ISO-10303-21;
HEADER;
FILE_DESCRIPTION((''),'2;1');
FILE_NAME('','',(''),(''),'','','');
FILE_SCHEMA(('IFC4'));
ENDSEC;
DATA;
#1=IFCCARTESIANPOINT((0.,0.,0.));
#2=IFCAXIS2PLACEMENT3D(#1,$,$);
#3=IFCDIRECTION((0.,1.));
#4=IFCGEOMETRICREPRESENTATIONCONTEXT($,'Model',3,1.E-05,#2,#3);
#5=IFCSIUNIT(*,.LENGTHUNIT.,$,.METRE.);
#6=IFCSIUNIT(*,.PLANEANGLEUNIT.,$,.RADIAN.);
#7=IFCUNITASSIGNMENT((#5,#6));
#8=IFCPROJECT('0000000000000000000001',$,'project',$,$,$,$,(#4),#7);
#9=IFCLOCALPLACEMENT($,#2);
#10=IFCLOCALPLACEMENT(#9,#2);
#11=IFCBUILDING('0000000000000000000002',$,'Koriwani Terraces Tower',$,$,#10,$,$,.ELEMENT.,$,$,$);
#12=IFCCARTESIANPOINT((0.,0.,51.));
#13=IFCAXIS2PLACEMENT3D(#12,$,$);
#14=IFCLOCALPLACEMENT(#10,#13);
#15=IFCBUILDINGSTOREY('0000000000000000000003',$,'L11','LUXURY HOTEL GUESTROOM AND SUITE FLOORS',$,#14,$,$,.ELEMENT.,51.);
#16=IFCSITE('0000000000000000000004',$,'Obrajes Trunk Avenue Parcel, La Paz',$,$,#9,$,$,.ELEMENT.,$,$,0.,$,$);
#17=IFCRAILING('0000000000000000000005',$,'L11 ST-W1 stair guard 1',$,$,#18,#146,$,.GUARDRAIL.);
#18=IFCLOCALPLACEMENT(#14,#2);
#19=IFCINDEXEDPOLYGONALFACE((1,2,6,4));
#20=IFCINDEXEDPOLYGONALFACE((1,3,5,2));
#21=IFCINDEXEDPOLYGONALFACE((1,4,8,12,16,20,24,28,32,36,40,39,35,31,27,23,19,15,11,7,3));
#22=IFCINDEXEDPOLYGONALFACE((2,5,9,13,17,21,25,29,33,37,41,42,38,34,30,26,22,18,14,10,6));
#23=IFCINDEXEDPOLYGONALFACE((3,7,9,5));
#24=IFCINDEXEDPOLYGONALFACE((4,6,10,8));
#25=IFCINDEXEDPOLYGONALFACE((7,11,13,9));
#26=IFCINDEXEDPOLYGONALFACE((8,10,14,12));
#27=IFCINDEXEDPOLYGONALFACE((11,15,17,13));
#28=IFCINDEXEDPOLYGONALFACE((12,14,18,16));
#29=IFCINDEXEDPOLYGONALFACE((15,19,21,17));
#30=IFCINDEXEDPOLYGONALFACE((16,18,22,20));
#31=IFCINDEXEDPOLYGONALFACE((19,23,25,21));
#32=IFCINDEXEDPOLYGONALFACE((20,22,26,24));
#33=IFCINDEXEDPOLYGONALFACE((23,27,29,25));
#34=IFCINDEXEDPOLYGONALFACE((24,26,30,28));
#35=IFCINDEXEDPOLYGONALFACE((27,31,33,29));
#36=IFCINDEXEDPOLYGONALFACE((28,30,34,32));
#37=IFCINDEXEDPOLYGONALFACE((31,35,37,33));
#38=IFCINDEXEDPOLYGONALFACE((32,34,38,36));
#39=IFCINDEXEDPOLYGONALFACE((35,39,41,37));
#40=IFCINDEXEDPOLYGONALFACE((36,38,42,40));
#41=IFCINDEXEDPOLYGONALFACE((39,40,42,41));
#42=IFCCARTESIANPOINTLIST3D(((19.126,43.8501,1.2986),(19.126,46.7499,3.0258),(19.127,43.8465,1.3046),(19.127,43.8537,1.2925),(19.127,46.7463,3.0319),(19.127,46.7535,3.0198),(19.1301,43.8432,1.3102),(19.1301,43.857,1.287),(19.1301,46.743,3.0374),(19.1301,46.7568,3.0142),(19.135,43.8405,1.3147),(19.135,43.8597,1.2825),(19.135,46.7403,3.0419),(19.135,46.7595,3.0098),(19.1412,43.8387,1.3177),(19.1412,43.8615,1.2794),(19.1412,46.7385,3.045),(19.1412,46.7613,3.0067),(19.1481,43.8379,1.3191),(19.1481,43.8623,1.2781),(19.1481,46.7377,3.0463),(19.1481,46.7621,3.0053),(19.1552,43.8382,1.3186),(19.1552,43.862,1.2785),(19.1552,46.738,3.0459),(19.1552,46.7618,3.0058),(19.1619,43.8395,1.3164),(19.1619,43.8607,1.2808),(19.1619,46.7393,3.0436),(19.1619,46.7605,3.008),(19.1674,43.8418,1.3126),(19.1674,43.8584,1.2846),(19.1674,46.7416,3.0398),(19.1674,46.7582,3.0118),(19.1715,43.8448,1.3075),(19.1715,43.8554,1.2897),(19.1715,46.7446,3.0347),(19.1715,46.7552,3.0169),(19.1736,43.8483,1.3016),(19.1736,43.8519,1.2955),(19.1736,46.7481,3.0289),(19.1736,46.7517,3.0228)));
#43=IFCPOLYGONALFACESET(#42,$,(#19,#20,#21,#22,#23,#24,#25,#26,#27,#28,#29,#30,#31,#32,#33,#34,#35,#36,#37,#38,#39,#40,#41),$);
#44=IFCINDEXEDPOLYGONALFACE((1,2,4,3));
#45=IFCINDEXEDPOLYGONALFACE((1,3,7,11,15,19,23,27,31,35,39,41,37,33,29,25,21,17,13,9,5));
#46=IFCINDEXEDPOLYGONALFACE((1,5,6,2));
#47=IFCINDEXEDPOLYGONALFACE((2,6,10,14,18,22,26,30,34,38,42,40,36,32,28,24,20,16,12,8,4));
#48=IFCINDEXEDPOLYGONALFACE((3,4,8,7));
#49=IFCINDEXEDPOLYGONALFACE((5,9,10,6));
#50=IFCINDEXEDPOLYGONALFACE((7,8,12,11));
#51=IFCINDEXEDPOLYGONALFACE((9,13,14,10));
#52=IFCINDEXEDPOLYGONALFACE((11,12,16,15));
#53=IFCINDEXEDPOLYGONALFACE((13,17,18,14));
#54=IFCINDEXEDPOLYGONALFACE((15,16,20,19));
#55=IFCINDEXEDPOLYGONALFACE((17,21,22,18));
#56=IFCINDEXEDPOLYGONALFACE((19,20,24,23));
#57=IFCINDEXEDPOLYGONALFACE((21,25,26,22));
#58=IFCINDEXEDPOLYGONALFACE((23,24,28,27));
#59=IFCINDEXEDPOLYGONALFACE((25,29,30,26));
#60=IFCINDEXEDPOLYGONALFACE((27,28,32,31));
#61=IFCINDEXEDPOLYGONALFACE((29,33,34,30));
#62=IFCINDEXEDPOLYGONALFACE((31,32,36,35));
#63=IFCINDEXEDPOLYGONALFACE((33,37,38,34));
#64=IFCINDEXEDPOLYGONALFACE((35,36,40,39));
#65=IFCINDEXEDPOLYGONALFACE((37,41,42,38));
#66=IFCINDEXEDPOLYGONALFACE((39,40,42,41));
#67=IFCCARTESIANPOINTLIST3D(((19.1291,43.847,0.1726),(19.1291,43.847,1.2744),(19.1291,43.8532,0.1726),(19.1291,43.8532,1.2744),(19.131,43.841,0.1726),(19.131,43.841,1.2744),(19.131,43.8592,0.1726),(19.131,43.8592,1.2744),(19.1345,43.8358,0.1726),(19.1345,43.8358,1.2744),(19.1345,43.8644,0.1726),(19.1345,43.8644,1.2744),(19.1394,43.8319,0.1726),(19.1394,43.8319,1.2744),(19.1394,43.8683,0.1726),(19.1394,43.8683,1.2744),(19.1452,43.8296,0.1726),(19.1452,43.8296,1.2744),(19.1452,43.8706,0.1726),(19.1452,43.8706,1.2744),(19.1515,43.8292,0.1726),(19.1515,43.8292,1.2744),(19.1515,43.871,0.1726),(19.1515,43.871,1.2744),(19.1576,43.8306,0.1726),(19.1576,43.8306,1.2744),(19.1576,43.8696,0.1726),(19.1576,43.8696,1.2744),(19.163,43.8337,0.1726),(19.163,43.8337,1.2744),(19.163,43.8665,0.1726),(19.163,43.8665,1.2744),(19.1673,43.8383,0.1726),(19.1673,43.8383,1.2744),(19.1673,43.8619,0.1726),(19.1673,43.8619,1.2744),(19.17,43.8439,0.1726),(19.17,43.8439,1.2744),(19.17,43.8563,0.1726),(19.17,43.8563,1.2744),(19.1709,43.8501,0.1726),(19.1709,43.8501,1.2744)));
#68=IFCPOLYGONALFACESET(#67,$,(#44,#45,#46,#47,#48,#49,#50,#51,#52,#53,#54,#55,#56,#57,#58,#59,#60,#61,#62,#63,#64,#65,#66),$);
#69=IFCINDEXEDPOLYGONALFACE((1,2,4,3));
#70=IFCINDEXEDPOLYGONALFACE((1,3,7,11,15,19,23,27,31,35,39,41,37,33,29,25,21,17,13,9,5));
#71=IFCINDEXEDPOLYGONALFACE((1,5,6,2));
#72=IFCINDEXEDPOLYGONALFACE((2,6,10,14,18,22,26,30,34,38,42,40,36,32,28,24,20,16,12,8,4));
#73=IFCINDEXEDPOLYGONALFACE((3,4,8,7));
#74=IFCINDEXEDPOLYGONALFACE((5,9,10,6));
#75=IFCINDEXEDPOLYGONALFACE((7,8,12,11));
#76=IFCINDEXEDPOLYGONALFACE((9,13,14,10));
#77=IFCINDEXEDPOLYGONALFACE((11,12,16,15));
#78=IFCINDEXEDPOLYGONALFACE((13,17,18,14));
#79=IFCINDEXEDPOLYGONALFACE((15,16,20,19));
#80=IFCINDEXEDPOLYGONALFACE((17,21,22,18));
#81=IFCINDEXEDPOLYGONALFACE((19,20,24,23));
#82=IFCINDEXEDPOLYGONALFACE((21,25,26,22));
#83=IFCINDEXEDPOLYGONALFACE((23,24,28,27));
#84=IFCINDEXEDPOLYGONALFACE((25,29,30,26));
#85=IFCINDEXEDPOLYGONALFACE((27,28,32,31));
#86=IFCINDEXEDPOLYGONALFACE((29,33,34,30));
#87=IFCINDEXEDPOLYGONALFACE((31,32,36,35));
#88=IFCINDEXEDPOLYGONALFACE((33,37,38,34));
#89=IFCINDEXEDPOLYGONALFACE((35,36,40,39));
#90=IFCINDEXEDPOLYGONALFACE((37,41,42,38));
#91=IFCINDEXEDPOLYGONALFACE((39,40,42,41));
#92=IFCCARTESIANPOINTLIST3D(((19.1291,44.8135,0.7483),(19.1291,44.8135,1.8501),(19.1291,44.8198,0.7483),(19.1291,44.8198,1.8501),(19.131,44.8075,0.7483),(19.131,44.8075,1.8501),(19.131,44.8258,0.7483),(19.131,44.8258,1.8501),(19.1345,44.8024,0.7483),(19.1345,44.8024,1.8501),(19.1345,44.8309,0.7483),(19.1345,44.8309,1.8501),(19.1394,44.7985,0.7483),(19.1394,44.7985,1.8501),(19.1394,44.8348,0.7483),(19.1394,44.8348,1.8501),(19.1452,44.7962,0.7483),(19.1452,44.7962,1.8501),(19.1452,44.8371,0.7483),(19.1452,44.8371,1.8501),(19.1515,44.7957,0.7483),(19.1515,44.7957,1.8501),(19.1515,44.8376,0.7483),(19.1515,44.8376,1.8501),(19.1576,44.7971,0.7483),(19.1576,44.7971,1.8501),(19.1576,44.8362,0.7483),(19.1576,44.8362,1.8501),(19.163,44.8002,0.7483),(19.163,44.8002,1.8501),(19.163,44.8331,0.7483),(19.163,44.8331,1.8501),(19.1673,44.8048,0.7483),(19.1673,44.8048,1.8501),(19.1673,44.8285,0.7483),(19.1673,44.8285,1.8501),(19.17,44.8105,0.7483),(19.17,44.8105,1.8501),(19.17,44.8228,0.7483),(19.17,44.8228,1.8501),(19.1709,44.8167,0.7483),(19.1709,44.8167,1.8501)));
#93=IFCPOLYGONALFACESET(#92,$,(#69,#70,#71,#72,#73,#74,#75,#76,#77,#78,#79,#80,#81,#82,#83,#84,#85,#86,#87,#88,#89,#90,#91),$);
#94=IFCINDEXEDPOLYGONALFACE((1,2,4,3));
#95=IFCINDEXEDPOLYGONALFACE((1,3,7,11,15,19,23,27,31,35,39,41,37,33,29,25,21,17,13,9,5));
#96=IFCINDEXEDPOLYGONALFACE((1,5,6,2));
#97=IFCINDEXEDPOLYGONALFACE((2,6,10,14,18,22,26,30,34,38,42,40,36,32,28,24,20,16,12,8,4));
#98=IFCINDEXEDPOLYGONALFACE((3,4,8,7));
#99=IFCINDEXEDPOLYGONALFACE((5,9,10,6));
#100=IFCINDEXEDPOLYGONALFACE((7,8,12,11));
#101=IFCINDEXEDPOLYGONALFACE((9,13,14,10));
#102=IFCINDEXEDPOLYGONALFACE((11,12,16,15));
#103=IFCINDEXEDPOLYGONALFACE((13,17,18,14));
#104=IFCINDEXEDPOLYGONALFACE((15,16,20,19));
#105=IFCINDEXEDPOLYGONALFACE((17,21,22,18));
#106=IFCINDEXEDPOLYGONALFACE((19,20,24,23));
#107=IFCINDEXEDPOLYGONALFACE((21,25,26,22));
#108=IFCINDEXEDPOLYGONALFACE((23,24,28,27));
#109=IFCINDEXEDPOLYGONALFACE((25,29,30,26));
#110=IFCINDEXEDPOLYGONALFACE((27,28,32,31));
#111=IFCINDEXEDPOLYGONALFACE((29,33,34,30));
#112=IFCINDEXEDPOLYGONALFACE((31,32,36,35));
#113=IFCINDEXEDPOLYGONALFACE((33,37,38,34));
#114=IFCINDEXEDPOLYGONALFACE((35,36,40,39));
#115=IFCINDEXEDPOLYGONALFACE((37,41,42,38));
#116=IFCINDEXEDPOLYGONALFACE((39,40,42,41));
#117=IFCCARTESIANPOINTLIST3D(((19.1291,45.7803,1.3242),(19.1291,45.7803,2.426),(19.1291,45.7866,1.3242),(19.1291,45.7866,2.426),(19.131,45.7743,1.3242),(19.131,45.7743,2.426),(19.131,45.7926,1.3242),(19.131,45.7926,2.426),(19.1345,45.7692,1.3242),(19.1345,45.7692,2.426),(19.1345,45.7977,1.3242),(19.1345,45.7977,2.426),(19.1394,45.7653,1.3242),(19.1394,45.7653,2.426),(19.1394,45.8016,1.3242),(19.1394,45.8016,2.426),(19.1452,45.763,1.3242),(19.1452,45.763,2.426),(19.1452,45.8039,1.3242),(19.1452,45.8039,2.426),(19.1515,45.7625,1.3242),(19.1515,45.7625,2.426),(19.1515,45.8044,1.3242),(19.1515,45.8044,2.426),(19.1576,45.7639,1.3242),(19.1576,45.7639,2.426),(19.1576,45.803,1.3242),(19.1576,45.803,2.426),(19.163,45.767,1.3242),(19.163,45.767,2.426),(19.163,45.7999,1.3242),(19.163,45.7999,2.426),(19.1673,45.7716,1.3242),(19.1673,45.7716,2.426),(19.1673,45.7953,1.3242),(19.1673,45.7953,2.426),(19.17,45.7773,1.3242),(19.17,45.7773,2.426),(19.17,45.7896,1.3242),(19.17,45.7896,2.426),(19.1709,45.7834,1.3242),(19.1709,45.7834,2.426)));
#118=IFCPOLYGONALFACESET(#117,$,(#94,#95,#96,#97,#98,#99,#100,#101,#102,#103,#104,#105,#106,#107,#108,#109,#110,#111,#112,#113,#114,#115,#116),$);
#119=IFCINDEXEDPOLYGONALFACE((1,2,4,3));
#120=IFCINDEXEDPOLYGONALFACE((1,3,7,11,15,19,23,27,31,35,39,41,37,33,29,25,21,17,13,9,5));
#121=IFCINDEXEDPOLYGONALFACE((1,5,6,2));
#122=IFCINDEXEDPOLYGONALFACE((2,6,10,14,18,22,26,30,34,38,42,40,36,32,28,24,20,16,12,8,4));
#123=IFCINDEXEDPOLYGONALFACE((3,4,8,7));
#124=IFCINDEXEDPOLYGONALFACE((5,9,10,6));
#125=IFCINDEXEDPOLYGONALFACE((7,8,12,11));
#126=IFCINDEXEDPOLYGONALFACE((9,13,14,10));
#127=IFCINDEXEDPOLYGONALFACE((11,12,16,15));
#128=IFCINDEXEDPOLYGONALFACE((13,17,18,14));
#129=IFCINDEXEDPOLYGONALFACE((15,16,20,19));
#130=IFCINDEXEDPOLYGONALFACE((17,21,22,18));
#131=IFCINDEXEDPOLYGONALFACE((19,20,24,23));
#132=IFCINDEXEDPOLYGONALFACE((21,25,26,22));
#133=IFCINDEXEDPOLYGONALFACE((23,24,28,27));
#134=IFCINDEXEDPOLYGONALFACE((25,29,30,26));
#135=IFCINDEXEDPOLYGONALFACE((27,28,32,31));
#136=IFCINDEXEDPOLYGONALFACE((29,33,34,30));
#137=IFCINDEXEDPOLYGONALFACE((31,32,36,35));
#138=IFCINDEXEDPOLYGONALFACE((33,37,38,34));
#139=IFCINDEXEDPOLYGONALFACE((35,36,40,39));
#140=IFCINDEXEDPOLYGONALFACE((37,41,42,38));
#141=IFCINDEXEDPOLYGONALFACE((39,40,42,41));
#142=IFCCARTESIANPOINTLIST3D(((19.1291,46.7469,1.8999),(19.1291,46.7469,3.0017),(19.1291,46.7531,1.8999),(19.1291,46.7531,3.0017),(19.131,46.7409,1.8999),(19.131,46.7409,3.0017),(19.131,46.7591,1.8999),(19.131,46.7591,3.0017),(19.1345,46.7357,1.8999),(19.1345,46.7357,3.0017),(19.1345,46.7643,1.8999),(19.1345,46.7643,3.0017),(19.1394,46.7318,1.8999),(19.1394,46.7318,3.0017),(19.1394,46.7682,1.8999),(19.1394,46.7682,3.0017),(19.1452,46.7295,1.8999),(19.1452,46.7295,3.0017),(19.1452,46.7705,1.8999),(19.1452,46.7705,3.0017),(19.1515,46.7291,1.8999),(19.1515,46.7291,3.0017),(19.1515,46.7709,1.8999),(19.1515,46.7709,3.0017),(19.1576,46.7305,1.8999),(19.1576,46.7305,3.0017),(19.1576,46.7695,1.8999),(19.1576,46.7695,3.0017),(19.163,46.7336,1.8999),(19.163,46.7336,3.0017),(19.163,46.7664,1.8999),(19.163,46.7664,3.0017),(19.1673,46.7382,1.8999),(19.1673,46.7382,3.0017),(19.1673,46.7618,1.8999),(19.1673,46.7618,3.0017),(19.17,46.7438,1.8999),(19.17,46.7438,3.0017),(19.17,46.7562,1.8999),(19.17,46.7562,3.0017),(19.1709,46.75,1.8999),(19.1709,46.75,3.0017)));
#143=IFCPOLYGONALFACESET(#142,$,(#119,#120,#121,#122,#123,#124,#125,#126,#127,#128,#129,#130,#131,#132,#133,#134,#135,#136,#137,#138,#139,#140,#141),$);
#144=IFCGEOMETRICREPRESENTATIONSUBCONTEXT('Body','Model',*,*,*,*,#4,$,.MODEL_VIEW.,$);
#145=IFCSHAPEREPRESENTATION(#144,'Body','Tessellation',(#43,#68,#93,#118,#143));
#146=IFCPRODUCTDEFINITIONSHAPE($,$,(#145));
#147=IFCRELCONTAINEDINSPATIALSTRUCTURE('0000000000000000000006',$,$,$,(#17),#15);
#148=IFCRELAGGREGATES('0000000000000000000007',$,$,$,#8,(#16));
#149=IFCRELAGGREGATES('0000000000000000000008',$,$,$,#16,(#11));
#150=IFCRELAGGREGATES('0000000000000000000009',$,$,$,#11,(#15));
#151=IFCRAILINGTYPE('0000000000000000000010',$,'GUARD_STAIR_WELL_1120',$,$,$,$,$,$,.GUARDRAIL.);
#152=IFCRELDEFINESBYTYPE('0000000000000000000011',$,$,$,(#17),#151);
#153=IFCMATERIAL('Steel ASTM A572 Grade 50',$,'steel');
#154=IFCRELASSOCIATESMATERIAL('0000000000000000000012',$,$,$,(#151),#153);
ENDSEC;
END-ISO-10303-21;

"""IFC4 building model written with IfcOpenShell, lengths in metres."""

from ifc_helpers import new_model, si_unit, direction, frame, origin, origin_2d, place, context, subcontext, project, spatial, circle, extrude, material, type_object, element, save


model = new_model("IFC4")

# Units and contexts
model_context = context("Model", 3, precision=1e-05, world=origin(), true_north=direction((0.0, 1.0)))
body_context = subcontext(model_context, "Body", "Model", "MODEL_VIEW")
ifc_project = project(units=[si_unit("LENGTHUNIT", "METRE"), si_unit("PLANEANGLEUNIT", "RADIAN")], contexts=[model_context])

# Site, building, storey
site_placement = place(None, origin())
site = spatial("IfcSite", under=ifc_project, at=site_placement, Name="Obrajes Trunk Avenue Parcel, La Paz", CompositionType="ELEMENT", RefElevation=0.0)
building_placement = place(site_placement, origin())
building = spatial("IfcBuilding", under=site, at=building_placement, Name="Koriwani Terraces Tower", CompositionType="ELEMENT")
storey_placement = place(building_placement, frame((0.0, 0.0, 51.0)))
storey = spatial("IfcBuildingStorey", under=building, at=storey_placement, Name="L11", Description="LUXURY HOTEL GUESTROOM AND SUITE FLOORS", CompositionType="ELEMENT", Elevation=51.0)

# Shared definitions
ifc_material_1 = material(Name="Steel ASTM A572 Grade 50", Category="steel")

# Railing
railing_type_1 = type_object("IfcRailingType", Name="GUARD_STAIR_WELL_1120", PredefinedType="GUARDRAIL", material=ifc_material_1)
railing_1_placement = place(storey_placement, frame((19.1499, 43.8501, 0.1726)))
element("IfcRailing", 1, at=railing_1_placement, inside=storey, type_object=railing_type_1, Name="L11 ST-W1 stair guard 1", PredefinedType="GUARDRAIL", context=body_context, shape_type="SweptSolid", body=[
    extrude(circle(Radius=0.0239, at=origin_2d()), frame((0.0, 0.0, 1.126), z_axis=(0.0, 0.859141, 0.511738), x_axis=(-1.0, 0.0, 0.0)), (0.0, 0.0, 1.0), 3.3752),
    extrude(circle(Radius=0.021, at=origin_2d()), origin(), (0.0, 0.0, 1.0), 1.1018),
    extrude(circle(Radius=0.021, at=origin_2d()), frame((0.0, 0.9666, 0.5757)), (0.0, 0.0, 1.0), 1.1018),
    extrude(circle(Radius=0.021, at=origin_2d()), frame((0.0, 1.9333, 1.1516)), (0.0, 0.0, 1.0), 1.1018),
    extrude(circle(Radius=0.021, at=origin_2d()), frame((0.0, 2.8999, 1.7273)), (0.0, 0.0, 1.0), 1.1018),
])

save(model, "model.ifc")
